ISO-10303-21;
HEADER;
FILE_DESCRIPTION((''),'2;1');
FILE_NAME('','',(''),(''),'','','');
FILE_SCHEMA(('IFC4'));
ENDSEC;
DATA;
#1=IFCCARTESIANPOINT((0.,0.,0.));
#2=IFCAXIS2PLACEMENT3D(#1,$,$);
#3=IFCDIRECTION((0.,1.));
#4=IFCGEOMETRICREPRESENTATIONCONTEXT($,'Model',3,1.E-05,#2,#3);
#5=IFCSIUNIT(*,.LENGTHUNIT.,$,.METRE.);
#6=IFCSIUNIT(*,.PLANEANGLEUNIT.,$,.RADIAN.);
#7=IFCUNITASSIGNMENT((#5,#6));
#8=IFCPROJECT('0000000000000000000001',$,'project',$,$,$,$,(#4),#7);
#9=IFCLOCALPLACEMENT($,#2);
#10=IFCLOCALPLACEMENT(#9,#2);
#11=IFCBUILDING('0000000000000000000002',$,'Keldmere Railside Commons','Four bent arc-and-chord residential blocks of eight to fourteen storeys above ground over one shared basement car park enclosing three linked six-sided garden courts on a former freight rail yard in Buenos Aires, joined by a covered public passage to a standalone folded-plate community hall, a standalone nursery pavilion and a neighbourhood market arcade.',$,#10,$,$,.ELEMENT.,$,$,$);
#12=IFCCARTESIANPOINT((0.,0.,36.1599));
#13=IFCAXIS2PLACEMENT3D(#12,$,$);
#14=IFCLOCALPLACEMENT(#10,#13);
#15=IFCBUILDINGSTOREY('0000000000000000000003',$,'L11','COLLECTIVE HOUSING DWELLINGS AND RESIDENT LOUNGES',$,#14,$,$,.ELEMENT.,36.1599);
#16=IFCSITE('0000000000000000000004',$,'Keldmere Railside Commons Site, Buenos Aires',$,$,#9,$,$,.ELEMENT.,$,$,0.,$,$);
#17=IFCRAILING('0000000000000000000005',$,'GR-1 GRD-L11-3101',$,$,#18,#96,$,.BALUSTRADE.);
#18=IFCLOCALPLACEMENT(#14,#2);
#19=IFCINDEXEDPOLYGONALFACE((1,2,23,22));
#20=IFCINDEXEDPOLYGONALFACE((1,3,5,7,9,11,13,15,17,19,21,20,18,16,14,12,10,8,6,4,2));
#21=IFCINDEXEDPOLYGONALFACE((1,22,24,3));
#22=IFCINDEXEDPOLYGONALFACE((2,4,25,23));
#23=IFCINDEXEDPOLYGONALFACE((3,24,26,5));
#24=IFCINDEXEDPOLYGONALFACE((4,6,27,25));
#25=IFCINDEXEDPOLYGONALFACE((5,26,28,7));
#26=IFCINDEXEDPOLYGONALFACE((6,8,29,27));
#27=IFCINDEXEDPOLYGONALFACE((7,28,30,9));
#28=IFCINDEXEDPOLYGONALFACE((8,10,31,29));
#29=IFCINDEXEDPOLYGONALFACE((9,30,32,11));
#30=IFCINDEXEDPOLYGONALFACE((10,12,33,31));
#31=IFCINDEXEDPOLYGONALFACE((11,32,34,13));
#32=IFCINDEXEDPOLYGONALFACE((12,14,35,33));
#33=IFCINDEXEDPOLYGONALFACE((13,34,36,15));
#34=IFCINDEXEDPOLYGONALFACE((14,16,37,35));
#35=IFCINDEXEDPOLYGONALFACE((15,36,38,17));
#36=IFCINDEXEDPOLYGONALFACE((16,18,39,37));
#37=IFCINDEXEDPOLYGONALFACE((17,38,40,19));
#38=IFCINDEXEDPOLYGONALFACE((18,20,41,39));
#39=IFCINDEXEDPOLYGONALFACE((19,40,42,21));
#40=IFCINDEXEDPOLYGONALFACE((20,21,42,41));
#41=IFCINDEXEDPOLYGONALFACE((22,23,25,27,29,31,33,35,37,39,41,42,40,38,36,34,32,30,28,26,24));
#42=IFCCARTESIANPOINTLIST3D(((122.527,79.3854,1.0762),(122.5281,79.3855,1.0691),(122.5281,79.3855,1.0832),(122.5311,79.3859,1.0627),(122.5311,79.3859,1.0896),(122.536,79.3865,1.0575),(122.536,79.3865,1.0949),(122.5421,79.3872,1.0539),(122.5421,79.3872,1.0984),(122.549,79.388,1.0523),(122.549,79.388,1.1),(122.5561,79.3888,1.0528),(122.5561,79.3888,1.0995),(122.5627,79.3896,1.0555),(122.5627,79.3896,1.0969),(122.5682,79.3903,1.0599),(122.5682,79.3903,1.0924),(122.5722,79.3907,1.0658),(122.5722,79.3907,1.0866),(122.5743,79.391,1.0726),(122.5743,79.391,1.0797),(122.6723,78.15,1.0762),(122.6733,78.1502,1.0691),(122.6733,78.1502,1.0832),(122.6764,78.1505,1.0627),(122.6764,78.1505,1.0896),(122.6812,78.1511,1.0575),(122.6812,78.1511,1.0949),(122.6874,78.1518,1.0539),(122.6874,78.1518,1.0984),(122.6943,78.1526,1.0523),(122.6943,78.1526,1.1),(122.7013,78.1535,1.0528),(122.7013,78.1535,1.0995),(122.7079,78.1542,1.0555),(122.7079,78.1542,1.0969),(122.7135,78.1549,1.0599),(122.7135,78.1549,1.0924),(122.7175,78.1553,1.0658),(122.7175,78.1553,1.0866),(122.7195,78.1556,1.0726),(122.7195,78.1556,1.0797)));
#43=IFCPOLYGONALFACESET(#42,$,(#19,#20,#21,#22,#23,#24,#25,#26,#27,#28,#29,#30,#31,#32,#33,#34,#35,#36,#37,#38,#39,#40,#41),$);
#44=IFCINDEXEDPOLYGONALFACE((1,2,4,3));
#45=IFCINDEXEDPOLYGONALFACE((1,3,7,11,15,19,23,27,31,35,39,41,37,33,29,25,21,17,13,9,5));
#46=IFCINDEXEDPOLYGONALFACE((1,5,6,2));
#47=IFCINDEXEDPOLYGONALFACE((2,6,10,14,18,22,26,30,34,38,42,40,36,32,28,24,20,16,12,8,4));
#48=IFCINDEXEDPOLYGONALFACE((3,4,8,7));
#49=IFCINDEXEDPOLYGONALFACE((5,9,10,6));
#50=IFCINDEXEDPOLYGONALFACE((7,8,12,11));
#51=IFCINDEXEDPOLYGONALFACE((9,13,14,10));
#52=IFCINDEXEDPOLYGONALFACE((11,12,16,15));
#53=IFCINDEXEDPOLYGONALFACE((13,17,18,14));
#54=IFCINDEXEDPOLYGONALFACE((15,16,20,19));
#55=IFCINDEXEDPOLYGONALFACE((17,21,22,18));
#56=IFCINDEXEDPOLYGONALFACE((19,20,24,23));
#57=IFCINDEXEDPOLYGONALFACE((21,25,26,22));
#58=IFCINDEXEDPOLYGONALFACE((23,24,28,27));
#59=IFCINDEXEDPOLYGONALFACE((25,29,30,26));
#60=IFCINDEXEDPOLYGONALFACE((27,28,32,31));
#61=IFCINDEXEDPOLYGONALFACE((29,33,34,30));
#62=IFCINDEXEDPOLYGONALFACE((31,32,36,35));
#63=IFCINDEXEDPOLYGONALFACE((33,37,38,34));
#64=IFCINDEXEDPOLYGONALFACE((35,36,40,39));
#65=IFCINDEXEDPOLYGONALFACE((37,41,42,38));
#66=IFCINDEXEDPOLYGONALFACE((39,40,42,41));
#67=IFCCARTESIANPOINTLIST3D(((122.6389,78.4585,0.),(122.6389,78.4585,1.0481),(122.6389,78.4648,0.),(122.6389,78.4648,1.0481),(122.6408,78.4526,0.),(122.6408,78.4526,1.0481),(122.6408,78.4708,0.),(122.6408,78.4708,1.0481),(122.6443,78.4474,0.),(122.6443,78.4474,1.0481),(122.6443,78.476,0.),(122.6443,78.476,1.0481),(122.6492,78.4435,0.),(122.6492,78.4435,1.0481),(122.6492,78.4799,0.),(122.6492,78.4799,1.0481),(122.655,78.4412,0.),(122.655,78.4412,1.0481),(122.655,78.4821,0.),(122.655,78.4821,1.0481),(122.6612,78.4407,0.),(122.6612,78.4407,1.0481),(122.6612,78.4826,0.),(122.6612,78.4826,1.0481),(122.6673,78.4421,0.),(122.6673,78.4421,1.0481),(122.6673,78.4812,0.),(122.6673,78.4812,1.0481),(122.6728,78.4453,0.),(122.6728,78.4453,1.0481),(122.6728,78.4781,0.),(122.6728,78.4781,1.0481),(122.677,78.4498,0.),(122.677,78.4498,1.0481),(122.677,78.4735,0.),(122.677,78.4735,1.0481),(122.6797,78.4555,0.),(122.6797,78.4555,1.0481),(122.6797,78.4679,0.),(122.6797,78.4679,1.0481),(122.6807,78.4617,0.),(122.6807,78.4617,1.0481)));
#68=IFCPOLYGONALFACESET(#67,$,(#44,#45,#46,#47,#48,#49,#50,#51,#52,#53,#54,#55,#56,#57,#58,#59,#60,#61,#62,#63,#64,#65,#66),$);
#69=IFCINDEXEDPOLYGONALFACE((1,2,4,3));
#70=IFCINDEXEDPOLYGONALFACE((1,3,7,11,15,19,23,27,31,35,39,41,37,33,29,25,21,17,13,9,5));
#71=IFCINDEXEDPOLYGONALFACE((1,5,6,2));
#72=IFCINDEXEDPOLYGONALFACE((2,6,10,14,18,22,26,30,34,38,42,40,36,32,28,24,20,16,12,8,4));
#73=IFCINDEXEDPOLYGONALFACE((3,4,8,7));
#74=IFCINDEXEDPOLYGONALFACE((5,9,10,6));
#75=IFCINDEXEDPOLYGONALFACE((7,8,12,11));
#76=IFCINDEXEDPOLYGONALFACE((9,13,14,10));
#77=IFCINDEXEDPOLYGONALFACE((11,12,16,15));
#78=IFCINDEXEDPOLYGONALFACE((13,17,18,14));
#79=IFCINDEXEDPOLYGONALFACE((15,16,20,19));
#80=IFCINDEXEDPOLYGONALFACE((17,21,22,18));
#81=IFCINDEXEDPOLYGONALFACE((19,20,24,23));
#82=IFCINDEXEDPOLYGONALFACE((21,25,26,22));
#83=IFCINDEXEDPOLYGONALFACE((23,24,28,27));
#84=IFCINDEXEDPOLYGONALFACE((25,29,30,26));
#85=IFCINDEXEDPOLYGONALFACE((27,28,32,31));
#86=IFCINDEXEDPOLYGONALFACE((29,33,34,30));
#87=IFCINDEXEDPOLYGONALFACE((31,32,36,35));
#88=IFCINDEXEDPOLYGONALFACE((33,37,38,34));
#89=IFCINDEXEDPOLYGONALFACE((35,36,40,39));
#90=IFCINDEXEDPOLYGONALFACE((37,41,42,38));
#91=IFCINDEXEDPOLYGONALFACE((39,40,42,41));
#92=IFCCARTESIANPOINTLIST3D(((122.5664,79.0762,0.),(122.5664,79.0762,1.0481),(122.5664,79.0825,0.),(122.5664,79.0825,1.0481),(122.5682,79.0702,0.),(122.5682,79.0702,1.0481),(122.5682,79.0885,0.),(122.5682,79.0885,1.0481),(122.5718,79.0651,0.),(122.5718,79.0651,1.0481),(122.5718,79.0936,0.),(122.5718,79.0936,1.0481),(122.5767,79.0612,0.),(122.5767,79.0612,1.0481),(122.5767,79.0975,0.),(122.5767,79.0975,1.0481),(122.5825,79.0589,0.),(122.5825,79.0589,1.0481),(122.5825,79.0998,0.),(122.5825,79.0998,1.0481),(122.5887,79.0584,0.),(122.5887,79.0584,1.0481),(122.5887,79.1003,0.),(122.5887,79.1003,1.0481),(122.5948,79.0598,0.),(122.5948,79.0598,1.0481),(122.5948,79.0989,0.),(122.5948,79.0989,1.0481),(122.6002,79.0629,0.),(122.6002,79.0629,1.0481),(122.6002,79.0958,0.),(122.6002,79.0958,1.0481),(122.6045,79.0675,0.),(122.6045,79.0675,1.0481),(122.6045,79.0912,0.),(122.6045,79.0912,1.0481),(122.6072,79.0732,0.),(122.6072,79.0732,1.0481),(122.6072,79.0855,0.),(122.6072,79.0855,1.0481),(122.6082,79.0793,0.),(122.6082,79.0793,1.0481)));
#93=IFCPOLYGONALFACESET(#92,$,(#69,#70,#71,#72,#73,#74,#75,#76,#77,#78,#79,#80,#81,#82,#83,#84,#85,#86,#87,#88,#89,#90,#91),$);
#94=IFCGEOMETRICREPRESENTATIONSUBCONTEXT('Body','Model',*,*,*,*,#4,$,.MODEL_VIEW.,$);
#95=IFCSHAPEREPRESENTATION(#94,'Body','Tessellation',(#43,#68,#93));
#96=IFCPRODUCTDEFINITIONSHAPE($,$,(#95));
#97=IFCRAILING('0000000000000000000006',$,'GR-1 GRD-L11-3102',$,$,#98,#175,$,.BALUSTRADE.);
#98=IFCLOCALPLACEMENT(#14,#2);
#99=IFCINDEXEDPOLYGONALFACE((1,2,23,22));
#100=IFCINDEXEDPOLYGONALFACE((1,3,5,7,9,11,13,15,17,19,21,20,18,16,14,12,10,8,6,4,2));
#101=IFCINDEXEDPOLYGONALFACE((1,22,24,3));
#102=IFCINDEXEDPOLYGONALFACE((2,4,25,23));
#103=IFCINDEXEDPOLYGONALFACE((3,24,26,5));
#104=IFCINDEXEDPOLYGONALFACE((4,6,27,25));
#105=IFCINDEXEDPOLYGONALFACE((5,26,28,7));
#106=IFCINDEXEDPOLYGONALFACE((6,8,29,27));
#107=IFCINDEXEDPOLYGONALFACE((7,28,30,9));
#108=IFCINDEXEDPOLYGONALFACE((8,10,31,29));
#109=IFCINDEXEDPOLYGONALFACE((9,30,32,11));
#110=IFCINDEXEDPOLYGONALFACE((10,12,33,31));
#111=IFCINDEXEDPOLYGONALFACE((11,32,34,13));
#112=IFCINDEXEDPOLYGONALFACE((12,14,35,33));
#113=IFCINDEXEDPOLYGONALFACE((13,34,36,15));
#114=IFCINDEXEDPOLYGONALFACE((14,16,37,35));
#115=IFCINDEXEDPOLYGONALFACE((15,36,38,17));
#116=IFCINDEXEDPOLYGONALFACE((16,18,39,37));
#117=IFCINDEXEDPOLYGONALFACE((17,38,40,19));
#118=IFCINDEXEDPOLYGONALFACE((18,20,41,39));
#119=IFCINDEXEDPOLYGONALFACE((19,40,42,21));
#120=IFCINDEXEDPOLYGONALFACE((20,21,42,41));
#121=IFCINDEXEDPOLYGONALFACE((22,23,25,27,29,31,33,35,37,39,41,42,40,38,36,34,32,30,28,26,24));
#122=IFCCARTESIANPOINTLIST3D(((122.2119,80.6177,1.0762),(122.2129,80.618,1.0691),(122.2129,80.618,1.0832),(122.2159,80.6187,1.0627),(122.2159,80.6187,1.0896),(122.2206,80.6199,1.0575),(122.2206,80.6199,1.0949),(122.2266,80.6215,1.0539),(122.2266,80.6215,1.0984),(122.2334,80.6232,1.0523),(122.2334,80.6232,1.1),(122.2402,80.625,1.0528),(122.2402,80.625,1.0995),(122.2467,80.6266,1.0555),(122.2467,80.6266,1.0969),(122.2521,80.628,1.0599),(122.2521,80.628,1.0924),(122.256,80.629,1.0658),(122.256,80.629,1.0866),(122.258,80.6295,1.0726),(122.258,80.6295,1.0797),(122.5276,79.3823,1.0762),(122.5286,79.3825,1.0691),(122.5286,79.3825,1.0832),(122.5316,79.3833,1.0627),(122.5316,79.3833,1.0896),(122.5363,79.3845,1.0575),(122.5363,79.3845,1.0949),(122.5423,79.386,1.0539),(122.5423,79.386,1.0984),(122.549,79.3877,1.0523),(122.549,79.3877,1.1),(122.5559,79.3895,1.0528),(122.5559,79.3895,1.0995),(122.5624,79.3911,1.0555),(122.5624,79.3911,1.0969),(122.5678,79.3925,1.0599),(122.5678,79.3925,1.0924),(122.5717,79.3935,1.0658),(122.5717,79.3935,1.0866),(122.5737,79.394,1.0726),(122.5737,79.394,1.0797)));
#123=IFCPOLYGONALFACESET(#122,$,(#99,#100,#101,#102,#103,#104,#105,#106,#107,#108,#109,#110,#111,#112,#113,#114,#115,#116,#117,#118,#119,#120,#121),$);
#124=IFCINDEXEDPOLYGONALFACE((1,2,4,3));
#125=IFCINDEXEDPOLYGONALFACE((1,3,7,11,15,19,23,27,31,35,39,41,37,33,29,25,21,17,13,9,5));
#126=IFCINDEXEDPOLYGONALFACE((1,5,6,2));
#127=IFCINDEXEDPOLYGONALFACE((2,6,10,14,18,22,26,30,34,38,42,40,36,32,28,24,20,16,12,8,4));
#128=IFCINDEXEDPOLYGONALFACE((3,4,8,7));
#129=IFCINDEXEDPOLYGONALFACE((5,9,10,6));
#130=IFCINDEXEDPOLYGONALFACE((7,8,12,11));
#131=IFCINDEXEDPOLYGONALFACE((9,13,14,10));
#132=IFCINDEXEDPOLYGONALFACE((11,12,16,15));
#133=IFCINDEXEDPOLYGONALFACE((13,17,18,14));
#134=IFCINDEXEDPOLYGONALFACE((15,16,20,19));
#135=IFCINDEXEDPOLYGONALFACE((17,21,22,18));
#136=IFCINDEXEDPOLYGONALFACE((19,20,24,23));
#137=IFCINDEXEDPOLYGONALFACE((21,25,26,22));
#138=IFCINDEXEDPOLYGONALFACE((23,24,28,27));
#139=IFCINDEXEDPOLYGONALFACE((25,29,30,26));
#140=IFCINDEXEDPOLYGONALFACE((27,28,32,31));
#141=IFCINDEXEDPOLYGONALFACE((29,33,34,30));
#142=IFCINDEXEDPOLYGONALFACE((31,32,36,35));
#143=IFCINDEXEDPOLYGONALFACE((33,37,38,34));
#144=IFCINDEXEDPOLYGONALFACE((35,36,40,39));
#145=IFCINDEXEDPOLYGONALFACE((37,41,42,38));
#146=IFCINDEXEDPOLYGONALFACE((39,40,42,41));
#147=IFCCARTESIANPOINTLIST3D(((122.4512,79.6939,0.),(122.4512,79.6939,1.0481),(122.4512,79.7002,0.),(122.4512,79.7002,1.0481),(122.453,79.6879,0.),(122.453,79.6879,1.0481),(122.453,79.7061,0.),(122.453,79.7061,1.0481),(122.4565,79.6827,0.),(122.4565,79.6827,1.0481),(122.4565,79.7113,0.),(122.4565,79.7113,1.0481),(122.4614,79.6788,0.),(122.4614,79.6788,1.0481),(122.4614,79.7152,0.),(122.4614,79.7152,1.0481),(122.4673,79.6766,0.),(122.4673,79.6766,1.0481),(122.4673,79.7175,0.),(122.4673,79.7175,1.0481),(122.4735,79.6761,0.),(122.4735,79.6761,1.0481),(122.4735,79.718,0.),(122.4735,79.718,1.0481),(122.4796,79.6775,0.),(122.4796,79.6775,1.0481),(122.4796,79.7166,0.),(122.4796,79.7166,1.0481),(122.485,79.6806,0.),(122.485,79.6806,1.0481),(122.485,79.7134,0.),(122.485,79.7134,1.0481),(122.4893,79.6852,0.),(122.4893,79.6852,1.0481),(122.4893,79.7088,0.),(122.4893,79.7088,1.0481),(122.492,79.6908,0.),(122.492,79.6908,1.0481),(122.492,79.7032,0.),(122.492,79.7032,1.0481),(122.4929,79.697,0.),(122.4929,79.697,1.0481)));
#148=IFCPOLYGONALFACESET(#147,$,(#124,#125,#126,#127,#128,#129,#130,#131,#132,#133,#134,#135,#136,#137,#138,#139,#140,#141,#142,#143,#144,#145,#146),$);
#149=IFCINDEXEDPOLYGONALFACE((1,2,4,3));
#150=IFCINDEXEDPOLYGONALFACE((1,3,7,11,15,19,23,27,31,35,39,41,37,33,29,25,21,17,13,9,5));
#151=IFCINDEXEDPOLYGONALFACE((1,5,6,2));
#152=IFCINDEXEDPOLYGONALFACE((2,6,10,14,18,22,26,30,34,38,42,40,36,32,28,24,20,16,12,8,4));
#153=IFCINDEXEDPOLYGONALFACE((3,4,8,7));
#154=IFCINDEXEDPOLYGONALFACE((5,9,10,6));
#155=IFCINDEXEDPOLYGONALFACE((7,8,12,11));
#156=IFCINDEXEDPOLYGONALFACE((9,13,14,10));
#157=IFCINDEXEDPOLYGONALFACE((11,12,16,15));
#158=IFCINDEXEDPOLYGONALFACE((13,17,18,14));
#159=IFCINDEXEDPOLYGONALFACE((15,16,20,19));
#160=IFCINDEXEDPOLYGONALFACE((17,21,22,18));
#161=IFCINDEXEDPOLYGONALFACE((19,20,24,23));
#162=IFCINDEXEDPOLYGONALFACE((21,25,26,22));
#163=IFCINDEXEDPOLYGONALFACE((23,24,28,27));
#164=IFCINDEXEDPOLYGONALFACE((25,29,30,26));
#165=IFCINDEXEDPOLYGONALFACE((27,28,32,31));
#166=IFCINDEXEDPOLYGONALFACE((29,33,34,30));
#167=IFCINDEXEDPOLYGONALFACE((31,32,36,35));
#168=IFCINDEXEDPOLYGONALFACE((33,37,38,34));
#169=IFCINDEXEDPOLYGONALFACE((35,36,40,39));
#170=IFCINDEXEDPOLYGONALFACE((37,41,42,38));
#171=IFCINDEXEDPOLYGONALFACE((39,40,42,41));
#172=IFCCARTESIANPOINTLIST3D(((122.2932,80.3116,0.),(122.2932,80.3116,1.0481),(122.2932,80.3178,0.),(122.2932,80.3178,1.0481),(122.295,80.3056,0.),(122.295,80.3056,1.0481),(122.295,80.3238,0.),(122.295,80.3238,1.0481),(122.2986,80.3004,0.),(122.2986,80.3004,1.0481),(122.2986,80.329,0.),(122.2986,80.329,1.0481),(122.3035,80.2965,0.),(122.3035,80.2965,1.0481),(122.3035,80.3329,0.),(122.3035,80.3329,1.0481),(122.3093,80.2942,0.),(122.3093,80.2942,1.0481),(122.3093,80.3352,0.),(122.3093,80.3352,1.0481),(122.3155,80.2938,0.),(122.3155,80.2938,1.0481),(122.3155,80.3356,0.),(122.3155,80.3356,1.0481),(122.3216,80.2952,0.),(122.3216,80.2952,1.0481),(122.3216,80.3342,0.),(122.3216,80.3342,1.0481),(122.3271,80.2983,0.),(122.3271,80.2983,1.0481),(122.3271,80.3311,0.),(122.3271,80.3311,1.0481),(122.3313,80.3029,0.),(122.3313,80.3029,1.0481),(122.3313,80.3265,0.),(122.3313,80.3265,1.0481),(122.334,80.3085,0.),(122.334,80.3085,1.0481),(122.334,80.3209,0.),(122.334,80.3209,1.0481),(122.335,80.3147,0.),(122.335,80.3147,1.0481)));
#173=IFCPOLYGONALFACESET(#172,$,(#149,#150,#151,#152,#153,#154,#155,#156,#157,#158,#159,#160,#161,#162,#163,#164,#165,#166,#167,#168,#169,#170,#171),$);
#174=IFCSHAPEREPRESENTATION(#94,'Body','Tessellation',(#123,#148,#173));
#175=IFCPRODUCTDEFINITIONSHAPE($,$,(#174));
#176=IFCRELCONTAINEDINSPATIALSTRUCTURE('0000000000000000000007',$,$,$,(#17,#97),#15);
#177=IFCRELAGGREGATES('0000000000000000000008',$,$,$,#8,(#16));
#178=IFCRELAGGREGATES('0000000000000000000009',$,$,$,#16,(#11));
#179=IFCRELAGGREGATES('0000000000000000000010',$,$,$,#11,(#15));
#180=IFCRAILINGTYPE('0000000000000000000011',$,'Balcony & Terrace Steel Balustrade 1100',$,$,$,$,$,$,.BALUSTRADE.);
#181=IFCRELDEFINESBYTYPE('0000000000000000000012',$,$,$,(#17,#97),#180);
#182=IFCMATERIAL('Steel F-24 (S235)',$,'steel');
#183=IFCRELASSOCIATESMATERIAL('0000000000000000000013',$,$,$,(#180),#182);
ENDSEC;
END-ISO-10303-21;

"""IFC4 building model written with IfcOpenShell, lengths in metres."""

from ifc_helpers import new_model, si_unit, direction, frame, origin, origin_2d, place, context, subcontext, project, spatial, circle, extrude, material, type_object, element, save


model = new_model("IFC4")

# Units and contexts
model_context = context("Model", 3, precision=1e-05, world=origin(), true_north=direction((0.0, 1.0)))
body_context = subcontext(model_context, "Body", "Model", "MODEL_VIEW")
ifc_project = project(units=[si_unit("LENGTHUNIT", "METRE"), si_unit("PLANEANGLEUNIT", "RADIAN")], contexts=[model_context])

# Site, building, storey
site_placement = place(None, origin())
site = spatial("IfcSite", under=ifc_project, at=site_placement, Name="Keldmere Railside Commons Site, Buenos Aires", CompositionType="ELEMENT", RefElevation=0.0)
building_placement = place(site_placement, origin())
building = spatial("IfcBuilding", under=site, at=building_placement, Name="Keldmere Railside Commons", Description="Four bent arc-and-chord residential blocks of eight to fourteen storeys above ground over one shared basement car park enclosing three linked six-sided garden courts on a former freight rail yard in Buenos Aires, joined by a covered public passage to a standalone folded-plate community hall, a standalone nursery pavilion and a neighbourhood market arcade.", CompositionType="ELEMENT")
storey_placement = place(building_placement, frame((0.0, 0.0, 36.1599)))
storey = spatial("IfcBuildingStorey", under=building, at=storey_placement, Name="L11", Description="COLLECTIVE HOUSING DWELLINGS AND RESIDENT LOUNGES", CompositionType="ELEMENT", Elevation=36.1599)

# Shared definitions
ifc_material_1 = material(Name="Steel F-24 (S235)", Category="steel")

# Railings
railing_type_1 = type_object("IfcRailingType", Name="Balcony & Terrace Steel Balustrade 1100", PredefinedType="BALUSTRADE", material=ifc_material_1)
railing_1_placement = place(storey_placement, frame((122.696, 78.1528, 0.0)))
element("IfcRailing", 1, at=railing_1_placement, inside=storey, type_object=railing_type_1, Name="GR-1 GRD-L11-3101", PredefinedType="BALUSTRADE", context=body_context, shape_type="SweptSolid", body=[
    extrude(circle(Radius=0.0239, at=origin_2d()), frame((0.0, 0.0, 1.0762), z_axis=(-0.116784, 0.993157, 0.0), x_axis=(-0.993157, -0.116784, 0.0)), (0.0, 0.0, 1.0), 1.2439),
    extrude(circle(Radius=0.021, at=origin_2d()), frame((-0.0364, 0.3088, 0.0)), (0.0, 0.0, 1.0), 1.0481),
    extrude(circle(Radius=0.021, at=origin_2d()), frame((-0.1089, 0.9265, 0.0)), (0.0, 0.0, 1.0), 1.0481),
])
railing_2_placement = place(storey_placement, frame((122.5508, 79.3882, 0.0)))
element("IfcRailing", 2, at=railing_2_placement, inside=storey, type_object=railing_type_1, Name="GR-1 GRD-L11-3102", PredefinedType="BALUSTRADE", context=body_context, shape_type="SweptSolid", body=[
    extrude(circle(Radius=0.0239, at=origin_2d()), frame((0.0, 0.0, 1.0762), z_axis=(-0.247578, 0.968868, 0.0), x_axis=(-0.968868, -0.247578, 0.0)), (0.0, 0.0, 1.0), 1.2751),
    extrude(circle(Radius=0.021, at=origin_2d()), frame((-0.0789, 0.3088, 0.0)), (0.0, 0.0, 1.0), 1.0481),
    extrude(circle(Radius=0.021, at=origin_2d()), frame((-0.2368, 0.9265, 0.0)), (0.0, 0.0, 1.0), 1.0481),
])

save(model, "model.ifc")
